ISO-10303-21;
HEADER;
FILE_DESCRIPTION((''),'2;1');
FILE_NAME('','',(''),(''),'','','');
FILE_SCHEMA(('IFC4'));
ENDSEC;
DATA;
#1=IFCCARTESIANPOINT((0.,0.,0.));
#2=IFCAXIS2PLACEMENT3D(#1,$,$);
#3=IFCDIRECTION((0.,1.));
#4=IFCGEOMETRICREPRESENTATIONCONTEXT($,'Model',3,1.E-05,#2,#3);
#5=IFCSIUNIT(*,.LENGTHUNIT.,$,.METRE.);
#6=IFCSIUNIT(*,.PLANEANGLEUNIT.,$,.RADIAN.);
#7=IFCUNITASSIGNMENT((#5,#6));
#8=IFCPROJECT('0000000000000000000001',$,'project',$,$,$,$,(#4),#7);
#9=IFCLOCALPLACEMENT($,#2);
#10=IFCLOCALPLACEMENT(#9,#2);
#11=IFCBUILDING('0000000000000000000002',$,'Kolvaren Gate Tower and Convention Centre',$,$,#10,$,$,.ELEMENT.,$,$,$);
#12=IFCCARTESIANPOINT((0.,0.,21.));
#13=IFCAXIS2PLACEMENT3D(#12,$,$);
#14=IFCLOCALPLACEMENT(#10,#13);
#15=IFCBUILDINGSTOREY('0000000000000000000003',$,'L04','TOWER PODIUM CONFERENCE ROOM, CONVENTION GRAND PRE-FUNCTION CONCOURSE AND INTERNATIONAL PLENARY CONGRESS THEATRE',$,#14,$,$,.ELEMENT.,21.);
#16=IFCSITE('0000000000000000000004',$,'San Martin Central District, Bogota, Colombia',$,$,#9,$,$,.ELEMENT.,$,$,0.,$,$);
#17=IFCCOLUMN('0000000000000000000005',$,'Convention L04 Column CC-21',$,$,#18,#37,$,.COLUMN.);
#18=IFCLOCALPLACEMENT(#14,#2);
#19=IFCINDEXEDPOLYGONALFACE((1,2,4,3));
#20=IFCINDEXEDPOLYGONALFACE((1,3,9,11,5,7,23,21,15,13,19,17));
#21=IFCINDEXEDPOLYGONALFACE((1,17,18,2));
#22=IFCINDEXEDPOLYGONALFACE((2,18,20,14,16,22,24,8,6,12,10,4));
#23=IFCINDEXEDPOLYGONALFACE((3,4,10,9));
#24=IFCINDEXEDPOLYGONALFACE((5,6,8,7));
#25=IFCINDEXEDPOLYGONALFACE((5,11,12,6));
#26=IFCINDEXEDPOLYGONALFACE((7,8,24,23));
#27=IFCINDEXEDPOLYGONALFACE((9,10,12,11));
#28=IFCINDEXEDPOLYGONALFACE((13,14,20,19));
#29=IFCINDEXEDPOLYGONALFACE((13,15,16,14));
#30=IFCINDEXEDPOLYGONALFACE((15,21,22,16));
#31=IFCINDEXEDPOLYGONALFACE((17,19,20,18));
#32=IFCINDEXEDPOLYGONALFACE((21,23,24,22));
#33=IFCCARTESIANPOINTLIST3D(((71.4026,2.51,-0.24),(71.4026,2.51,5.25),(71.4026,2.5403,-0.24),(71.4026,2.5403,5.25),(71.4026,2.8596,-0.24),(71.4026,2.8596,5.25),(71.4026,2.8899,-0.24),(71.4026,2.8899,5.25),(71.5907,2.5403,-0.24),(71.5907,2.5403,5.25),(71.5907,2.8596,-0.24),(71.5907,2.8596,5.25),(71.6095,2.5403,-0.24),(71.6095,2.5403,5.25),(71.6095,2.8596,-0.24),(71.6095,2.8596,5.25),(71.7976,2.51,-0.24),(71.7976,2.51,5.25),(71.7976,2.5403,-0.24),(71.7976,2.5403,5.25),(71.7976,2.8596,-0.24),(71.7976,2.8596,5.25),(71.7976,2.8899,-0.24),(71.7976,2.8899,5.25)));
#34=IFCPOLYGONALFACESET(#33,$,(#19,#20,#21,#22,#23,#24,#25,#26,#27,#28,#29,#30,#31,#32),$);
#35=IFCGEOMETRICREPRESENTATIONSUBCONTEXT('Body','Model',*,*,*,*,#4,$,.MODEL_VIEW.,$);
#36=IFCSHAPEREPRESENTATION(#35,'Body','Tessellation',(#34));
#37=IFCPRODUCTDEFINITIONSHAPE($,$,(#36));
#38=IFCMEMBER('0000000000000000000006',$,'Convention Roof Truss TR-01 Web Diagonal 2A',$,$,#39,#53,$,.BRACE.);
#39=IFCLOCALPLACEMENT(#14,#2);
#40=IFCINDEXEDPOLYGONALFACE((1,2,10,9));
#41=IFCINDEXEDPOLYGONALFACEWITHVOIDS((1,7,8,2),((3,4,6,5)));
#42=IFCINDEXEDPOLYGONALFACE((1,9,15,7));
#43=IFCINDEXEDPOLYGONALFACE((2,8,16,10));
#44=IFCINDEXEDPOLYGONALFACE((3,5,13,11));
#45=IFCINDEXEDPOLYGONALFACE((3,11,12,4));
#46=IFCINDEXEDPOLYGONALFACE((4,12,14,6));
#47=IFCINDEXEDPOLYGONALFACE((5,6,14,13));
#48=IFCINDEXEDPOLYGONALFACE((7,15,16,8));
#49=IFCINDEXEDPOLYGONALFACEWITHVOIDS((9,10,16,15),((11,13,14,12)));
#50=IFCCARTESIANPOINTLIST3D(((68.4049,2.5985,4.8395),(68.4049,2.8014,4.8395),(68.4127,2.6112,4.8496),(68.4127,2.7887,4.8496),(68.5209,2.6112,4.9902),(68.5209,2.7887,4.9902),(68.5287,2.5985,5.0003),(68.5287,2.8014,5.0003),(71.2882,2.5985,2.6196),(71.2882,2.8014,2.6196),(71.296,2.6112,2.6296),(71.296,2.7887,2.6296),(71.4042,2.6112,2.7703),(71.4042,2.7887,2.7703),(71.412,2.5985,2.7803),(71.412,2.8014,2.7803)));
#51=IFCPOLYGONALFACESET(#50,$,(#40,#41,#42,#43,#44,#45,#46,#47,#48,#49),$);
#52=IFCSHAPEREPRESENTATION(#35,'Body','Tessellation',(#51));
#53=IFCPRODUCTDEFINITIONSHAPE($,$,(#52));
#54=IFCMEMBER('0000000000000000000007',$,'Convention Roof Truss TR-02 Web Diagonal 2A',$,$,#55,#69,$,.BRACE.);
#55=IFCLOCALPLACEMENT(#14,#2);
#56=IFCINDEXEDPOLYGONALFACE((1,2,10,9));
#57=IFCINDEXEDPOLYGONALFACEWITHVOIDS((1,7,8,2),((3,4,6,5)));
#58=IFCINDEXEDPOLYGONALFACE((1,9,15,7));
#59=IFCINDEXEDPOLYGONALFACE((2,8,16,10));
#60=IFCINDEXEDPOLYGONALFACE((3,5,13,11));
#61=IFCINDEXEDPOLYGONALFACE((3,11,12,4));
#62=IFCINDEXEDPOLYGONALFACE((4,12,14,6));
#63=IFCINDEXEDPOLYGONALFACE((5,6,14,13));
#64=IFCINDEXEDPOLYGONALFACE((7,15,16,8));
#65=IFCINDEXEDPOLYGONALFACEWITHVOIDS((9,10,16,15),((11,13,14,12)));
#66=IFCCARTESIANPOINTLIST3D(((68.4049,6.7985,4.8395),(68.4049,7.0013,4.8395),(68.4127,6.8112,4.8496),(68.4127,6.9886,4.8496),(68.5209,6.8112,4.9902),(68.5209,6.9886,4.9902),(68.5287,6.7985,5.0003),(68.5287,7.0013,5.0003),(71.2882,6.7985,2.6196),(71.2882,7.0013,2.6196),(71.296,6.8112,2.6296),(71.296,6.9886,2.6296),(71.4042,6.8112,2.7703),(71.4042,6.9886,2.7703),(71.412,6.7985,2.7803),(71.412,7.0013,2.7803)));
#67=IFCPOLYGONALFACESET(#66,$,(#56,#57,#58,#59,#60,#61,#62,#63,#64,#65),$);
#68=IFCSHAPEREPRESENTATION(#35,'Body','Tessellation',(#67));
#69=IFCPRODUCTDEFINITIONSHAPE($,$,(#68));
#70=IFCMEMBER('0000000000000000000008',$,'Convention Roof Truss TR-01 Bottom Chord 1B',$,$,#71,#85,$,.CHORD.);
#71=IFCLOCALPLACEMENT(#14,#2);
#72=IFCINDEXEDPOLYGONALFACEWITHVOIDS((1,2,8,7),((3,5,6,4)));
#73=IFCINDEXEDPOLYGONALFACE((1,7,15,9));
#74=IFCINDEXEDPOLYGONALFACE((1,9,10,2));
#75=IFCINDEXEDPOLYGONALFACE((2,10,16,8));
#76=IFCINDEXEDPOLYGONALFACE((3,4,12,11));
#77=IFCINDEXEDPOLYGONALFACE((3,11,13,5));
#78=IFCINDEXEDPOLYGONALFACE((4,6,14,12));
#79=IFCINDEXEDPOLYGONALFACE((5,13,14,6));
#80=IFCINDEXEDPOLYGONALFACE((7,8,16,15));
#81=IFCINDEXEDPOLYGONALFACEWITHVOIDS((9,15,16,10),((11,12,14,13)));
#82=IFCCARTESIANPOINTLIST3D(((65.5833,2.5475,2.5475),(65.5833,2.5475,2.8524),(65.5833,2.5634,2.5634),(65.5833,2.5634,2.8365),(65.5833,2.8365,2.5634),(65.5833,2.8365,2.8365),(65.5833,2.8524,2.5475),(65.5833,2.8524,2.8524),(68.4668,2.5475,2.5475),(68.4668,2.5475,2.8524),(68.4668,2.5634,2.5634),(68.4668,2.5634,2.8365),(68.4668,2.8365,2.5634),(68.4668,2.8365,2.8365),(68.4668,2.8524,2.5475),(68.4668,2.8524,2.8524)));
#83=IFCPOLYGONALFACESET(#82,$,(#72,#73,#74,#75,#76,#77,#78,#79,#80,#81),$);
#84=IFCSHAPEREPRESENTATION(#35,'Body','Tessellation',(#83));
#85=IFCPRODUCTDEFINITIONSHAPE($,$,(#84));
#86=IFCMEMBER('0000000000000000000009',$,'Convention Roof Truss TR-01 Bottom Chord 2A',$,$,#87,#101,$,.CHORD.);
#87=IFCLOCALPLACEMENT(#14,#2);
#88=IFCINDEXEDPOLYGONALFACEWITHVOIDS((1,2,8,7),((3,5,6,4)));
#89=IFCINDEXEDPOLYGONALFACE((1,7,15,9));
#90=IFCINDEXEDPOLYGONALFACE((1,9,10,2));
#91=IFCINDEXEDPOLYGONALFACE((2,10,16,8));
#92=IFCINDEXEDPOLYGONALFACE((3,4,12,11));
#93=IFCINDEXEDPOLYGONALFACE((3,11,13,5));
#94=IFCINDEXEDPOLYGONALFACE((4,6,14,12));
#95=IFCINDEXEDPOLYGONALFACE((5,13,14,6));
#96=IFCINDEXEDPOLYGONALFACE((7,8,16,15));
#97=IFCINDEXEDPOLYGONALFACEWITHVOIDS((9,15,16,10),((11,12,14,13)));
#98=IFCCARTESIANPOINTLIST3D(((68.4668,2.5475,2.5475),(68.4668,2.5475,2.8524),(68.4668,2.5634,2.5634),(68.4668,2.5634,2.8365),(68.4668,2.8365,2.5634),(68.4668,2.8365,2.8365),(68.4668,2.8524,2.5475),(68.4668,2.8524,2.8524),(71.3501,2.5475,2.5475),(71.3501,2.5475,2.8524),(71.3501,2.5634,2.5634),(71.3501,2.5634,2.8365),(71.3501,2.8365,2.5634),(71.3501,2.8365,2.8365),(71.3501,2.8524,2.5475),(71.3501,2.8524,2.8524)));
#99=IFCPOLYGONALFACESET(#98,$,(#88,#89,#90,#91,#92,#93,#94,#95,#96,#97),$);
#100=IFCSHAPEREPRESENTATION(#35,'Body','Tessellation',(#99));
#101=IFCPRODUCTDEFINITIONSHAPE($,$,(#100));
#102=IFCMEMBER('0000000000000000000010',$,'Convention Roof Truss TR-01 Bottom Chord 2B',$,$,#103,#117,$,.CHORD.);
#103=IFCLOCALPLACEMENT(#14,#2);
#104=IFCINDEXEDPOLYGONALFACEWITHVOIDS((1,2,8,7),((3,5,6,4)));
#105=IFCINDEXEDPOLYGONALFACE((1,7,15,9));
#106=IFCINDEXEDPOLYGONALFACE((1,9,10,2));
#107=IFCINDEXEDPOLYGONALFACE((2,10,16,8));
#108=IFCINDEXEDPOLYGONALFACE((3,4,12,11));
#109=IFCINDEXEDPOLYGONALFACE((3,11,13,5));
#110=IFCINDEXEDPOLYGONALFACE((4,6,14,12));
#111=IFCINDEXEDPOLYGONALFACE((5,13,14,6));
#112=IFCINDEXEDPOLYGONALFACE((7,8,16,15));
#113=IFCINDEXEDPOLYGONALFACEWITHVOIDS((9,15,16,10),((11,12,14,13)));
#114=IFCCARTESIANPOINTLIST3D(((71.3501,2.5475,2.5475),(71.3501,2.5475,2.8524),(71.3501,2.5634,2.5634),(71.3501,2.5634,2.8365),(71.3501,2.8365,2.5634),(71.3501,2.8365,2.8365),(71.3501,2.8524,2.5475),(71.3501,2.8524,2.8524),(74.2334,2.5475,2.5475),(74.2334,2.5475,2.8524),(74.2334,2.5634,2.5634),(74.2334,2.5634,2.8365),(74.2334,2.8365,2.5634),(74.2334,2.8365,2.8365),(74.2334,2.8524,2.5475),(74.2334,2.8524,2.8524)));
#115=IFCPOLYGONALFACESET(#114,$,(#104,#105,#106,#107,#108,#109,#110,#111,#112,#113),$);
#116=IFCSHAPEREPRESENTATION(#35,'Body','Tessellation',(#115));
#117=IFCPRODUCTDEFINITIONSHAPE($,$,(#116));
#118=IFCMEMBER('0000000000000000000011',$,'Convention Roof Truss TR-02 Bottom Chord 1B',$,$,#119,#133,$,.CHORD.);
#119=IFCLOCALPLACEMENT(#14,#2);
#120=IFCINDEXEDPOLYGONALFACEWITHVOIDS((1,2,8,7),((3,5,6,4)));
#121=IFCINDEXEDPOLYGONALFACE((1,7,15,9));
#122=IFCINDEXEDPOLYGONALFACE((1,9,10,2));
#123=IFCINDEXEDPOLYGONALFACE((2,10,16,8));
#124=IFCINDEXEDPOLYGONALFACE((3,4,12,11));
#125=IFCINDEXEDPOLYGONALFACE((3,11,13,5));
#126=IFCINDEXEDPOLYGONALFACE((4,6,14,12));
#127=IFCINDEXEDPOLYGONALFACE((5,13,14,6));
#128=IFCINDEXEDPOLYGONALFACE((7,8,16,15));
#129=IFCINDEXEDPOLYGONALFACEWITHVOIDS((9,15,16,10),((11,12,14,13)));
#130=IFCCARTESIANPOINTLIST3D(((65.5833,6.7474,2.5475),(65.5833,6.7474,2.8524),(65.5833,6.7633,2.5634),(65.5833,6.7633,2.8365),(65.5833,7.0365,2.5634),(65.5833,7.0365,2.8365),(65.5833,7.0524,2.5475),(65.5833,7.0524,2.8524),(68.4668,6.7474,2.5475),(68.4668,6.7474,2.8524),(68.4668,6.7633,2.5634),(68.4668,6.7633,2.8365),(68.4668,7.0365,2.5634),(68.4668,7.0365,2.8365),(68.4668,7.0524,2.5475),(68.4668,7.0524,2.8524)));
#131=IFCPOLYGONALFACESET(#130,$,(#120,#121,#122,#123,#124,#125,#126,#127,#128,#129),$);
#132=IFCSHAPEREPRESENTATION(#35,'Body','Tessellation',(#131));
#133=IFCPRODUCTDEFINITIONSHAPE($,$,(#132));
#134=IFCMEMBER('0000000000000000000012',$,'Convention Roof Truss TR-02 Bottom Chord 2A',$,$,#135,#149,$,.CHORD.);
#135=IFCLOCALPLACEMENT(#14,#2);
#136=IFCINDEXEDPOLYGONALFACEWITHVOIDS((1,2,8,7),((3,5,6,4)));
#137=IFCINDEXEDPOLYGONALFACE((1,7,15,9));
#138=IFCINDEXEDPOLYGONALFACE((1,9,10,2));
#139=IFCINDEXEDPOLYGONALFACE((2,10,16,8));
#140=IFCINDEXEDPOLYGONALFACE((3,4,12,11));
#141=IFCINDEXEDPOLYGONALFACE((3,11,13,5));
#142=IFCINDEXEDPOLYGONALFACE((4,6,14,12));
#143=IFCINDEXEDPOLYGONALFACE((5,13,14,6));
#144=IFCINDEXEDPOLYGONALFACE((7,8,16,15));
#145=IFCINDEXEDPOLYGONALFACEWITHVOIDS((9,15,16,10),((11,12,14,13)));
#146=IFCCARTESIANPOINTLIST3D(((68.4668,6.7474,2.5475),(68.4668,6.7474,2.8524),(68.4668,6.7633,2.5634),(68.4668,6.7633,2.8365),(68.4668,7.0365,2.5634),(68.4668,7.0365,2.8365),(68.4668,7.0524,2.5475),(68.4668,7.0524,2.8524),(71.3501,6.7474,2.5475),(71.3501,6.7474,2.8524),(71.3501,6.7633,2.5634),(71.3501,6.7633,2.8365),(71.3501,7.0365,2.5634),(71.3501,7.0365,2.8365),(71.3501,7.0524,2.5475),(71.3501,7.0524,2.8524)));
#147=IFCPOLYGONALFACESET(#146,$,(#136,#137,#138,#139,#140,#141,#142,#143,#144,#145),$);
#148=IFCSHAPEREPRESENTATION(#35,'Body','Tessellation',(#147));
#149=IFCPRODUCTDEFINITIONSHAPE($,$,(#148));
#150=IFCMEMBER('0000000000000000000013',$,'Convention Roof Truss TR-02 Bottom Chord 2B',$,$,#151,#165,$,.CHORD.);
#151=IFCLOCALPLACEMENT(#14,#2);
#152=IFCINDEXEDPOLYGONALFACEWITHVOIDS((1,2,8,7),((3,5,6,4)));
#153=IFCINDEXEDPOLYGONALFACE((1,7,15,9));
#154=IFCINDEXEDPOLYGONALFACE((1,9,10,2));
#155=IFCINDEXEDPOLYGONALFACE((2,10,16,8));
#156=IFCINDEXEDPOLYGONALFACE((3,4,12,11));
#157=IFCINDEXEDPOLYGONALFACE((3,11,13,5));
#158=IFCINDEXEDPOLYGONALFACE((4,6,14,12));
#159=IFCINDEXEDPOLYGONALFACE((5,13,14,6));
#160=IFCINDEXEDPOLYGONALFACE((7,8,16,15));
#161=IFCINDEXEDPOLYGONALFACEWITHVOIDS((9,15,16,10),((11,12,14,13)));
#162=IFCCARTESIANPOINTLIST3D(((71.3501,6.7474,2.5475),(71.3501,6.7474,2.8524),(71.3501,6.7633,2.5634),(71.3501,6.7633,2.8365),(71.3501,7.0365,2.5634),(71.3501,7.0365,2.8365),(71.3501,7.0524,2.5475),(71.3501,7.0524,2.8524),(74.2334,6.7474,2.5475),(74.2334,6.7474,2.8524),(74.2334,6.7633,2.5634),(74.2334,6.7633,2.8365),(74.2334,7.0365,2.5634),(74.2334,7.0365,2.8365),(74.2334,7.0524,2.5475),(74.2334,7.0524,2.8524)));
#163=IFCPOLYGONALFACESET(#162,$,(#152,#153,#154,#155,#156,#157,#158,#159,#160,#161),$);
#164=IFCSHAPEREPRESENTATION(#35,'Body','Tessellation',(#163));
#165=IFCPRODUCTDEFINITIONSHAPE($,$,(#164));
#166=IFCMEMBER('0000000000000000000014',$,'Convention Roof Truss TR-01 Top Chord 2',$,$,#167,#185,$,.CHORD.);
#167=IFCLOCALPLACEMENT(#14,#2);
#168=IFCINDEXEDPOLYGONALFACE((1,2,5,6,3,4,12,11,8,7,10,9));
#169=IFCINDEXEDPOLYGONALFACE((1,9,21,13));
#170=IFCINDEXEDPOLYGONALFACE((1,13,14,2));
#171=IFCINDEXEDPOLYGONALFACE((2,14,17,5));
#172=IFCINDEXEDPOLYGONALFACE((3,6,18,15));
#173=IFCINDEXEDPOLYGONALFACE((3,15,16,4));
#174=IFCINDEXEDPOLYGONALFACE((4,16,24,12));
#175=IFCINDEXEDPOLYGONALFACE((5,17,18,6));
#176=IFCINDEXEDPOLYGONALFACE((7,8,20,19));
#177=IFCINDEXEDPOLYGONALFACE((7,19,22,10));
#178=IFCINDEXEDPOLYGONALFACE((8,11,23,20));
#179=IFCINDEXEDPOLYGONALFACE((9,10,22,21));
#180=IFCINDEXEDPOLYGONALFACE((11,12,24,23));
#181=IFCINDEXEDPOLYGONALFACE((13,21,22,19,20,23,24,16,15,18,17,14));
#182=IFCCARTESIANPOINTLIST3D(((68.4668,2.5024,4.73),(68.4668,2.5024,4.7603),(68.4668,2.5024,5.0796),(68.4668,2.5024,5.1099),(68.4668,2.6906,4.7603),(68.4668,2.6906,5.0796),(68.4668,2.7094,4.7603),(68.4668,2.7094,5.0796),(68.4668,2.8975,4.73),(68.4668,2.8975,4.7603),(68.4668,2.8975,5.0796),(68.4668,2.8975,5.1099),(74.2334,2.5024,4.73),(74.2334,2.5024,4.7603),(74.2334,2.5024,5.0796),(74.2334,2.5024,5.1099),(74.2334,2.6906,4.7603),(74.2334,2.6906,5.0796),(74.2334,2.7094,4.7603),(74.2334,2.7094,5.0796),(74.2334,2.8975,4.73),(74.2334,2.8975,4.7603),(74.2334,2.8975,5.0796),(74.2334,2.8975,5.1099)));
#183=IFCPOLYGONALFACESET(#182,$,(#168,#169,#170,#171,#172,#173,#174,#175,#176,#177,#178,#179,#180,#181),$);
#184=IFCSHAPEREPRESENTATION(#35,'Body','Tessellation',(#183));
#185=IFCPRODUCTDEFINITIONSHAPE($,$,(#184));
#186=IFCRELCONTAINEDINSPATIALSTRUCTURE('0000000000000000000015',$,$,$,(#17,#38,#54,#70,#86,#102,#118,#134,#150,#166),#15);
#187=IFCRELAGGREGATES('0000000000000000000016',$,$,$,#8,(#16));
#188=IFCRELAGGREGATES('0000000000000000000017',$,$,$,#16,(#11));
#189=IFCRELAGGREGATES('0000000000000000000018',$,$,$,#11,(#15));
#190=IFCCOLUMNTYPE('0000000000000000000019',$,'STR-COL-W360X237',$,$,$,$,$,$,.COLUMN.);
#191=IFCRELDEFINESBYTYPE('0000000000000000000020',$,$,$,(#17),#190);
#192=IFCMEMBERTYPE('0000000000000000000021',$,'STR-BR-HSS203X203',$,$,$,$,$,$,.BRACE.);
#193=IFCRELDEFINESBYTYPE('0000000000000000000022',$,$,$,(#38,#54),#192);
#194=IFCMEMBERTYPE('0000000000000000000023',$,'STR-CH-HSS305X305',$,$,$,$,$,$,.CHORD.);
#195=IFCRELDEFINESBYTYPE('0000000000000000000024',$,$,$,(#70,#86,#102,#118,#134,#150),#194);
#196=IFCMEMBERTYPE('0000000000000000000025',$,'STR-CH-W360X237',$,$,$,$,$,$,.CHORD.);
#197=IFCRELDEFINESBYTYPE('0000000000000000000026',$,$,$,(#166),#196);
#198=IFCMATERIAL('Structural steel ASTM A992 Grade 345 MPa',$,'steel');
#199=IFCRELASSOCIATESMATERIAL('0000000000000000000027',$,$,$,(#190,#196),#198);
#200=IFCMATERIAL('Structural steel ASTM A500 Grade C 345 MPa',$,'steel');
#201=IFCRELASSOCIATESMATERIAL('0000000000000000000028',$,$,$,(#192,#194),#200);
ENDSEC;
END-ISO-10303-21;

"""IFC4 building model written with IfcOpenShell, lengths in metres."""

from ifc_helpers import new_model, si_unit, direction, frame, origin, origin_2d, place, context, subcontext, project, spatial, hollow_rectangle, i_section, extrude, material, material_profile, profile_set, type_object, element, save


model = new_model("IFC4")

# Units and contexts
model_context = context("Model", 3, precision=1e-05, world=origin(), true_north=direction((0.0, 1.0)))
body_context = subcontext(model_context, "Body", "Model", "MODEL_VIEW")
ifc_project = project(units=[si_unit("LENGTHUNIT", "METRE"), si_unit("PLANEANGLEUNIT", "RADIAN")], contexts=[model_context])

# Site, building, storey
site_placement = place(None, origin())
site = spatial("IfcSite", under=ifc_project, at=site_placement, Name="San Martin Central District, Bogota, Colombia", CompositionType="ELEMENT", RefElevation=0.0)
building_placement = place(site_placement, origin())
building = spatial("IfcBuilding", under=site, at=building_placement, Name="Kolvaren Gate Tower and Convention Centre", CompositionType="ELEMENT")
storey_placement = place(building_placement, frame((0.0, 0.0, 21.0)))
storey = spatial("IfcBuildingStorey", under=building, at=storey_placement, Name="L04", Description="TOWER PODIUM CONFERENCE ROOM, CONVENTION GRAND PRE-FUNCTION CONCOURSE AND INTERNATIONAL PLENARY CONGRESS THEATRE", CompositionType="ELEMENT", Elevation=21.0)

# Column
ifc_material_1 = material(Name="Structural steel ASTM A992 Grade 345 MPa", Category="steel")
ifc_material_profile_1 = material_profile(ifc_material_1, i_section(OverallWidth=0.395, OverallDepth=0.3799, WebThickness=0.0188, FlangeThickness=0.0303, at=origin_2d()), Name="W360X237")
ifc_profile_set_1 = profile_set([ifc_material_profile_1], Name="Structural steel ASTM A992 Grade 345 MPa")
column_type = type_object("IfcColumnType", Name="STR-COL-W360X237", PredefinedType="COLUMN", material=ifc_profile_set_1)
column_placement = place(storey_placement, frame((71.6001, 2.7, -0.24), z_axis=(0.0, 0.0, 1.0), x_axis=(1.0, 0.0, 0.0)))
element("IfcColumn", 1, at=column_placement, inside=storey, type_object=column_type, Name="Convention L04 Column CC-21", PredefinedType="COLUMN", context=body_context, shape_type="SweptSolid", body=[
    extrude(i_section(OverallWidth=0.395, OverallDepth=0.3799, WebThickness=0.0188, FlangeThickness=0.0303, at=origin_2d()), origin(), (0.0, 0.0, 1.0), 5.49),
])

# Members
ifc_material_2 = material(Name="Structural steel ASTM A500 Grade C 345 MPa", Category="steel")
ifc_material_profile_2 = material_profile(ifc_material_2, hollow_rectangle(XDim=0.2029, YDim=0.2029, WallThickness=0.0127, at=origin_2d()), Name="HSS203X203X12.7")
ifc_profile_set_2 = profile_set([ifc_material_profile_2], Name="Structural steel ASTM A500 Grade C 345 MPa")
member_type_1 = type_object("IfcMemberType", Name="STR-BR-HSS203X203", PredefinedType="BRACE", material=ifc_profile_set_2)
for number, where, z_axis, x_axis, name in (
    (2, (68.4668, 2.7, 4.9199), (0.792352, 0.0, -0.610064), (0.0, 1.0, 0.0), "Convention Roof Truss TR-01 Web Diagonal 2A"),
    (3, (68.4668, 6.8999, 4.9199), (0.792352, 0.0, -0.610064), (0.0, 1.0, 0.0), "Convention Roof Truss TR-02 Web Diagonal 2A"),
):
    element("IfcMember", number, at=place(storey_placement, frame(where, z_axis=z_axis, x_axis=x_axis)), inside=storey, type_object=member_type_1, Name=name, PredefinedType="BRACE", context=body_context, shape_type="SweptSolid", body=[
        extrude(hollow_rectangle(XDim=0.2029, YDim=0.2029, WallThickness=0.0127, at=origin_2d()), origin(), (0.0, 0.0, 1.0), 3.6389),
    ])
ifc_material_profile_3 = material_profile(ifc_material_2, hollow_rectangle(XDim=0.3049, YDim=0.3049, WallThickness=0.0159, at=origin_2d()), Name="HSS305X305X15.9")
ifc_profile_set_3 = profile_set([ifc_material_profile_3], Name="Structural steel ASTM A500 Grade C 345 MPa")
member_type_2 = type_object("IfcMemberType", Name="STR-CH-HSS305X305", PredefinedType="CHORD", material=ifc_profile_set_3)
member_1_placement = place(storey_placement, frame((65.5833, 2.7, 2.7), z_axis=(1.0, 0.0, 0.0), x_axis=(0.0, 1.0, 0.0)))
element("IfcMember", 4, at=member_1_placement, inside=storey, type_object=member_type_2, Name="Convention Roof Truss TR-01 Bottom Chord 1B", PredefinedType="CHORD", context=body_context, shape_type="SweptSolid", body=[
    extrude(hollow_rectangle(XDim=0.3049, YDim=0.3049, WallThickness=0.0159, at=origin_2d()), origin(), (0.0, 0.0, 1.0), 2.8835),
])
for number, where, z_axis, x_axis, name in (
    (5, (68.4668, 2.7, 2.7), (1.0, 0.0, 0.0), (0.0, 1.0, 0.0), "Convention Roof Truss TR-01 Bottom Chord 2A"),
    (6, (71.3501, 2.7, 2.7), (1.0, 0.0, 0.0), (0.0, 1.0, 0.0), "Convention Roof Truss TR-01 Bottom Chord 2B"),
):
    element("IfcMember", number, at=place(storey_placement, frame(where, z_axis=z_axis, x_axis=x_axis)), inside=storey, type_object=member_type_2, Name=name, PredefinedType="CHORD", context=body_context, shape_type="SweptSolid", body=[
        extrude(hollow_rectangle(XDim=0.3049, YDim=0.3049, WallThickness=0.0159, at=origin_2d()), origin(), (0.0, 0.0, 1.0), 2.8833),
    ])
member_2_placement = place(storey_placement, frame((65.5833, 6.8999, 2.7), z_axis=(1.0, 0.0, 0.0), x_axis=(0.0, 1.0, 0.0)))
element("IfcMember", 7, at=member_2_placement, inside=storey, type_object=member_type_2, Name="Convention Roof Truss TR-02 Bottom Chord 1B", PredefinedType="CHORD", context=body_context, shape_type="SweptSolid", body=[
    extrude(hollow_rectangle(XDim=0.3049, YDim=0.3049, WallThickness=0.0159, at=origin_2d()), origin(), (0.0, 0.0, 1.0), 2.8835),
])
for number, where, z_axis, x_axis, name in (
    (8, (68.4668, 6.8999, 2.7), (1.0, 0.0, 0.0), (0.0, 1.0, 0.0), "Convention Roof Truss TR-02 Bottom Chord 2A"),
    (9, (71.3501, 6.8999, 2.7), (1.0, 0.0, 0.0), (0.0, 1.0, 0.0), "Convention Roof Truss TR-02 Bottom Chord 2B"),
):
    element("IfcMember", number, at=place(storey_placement, frame(where, z_axis=z_axis, x_axis=x_axis)), inside=storey, type_object=member_type_2, Name=name, PredefinedType="CHORD", context=body_context, shape_type="SweptSolid", body=[
        extrude(hollow_rectangle(XDim=0.3049, YDim=0.3049, WallThickness=0.0159, at=origin_2d()), origin(), (0.0, 0.0, 1.0), 2.8833),
    ])
ifc_material_profile_4 = material_profile(ifc_material_1, i_section(OverallWidth=0.395, OverallDepth=0.3799, WebThickness=0.0188, FlangeThickness=0.0303, at=origin_2d()), Name="W360X237")
ifc_profile_set_4 = profile_set([ifc_material_profile_4], Name="Structural steel ASTM A992 Grade 345 MPa")
member_type_3 = type_object("IfcMemberType", Name="STR-CH-W360X237", PredefinedType="CHORD", material=ifc_profile_set_4)
for number, where, z_axis, x_axis, name in (
    (10, (68.4668, 2.7, 4.9199), (1.0, 0.0, 0.0), (0.0, 1.0, 0.0), "Convention Roof Truss TR-01 Top Chord 2"),
):
    element("IfcMember", number, at=place(storey_placement, frame(where, z_axis=z_axis, x_axis=x_axis)), inside=storey, type_object=member_type_3, Name=name, PredefinedType="CHORD", context=body_context, shape_type="SweptSolid", body=[
        extrude(i_section(OverallWidth=0.395, OverallDepth=0.3799, WebThickness=0.0188, FlangeThickness=0.0303, at=origin_2d()), origin(), (0.0, 0.0, 1.0), 5.7666),
    ])

save(model, "model.ifc")
